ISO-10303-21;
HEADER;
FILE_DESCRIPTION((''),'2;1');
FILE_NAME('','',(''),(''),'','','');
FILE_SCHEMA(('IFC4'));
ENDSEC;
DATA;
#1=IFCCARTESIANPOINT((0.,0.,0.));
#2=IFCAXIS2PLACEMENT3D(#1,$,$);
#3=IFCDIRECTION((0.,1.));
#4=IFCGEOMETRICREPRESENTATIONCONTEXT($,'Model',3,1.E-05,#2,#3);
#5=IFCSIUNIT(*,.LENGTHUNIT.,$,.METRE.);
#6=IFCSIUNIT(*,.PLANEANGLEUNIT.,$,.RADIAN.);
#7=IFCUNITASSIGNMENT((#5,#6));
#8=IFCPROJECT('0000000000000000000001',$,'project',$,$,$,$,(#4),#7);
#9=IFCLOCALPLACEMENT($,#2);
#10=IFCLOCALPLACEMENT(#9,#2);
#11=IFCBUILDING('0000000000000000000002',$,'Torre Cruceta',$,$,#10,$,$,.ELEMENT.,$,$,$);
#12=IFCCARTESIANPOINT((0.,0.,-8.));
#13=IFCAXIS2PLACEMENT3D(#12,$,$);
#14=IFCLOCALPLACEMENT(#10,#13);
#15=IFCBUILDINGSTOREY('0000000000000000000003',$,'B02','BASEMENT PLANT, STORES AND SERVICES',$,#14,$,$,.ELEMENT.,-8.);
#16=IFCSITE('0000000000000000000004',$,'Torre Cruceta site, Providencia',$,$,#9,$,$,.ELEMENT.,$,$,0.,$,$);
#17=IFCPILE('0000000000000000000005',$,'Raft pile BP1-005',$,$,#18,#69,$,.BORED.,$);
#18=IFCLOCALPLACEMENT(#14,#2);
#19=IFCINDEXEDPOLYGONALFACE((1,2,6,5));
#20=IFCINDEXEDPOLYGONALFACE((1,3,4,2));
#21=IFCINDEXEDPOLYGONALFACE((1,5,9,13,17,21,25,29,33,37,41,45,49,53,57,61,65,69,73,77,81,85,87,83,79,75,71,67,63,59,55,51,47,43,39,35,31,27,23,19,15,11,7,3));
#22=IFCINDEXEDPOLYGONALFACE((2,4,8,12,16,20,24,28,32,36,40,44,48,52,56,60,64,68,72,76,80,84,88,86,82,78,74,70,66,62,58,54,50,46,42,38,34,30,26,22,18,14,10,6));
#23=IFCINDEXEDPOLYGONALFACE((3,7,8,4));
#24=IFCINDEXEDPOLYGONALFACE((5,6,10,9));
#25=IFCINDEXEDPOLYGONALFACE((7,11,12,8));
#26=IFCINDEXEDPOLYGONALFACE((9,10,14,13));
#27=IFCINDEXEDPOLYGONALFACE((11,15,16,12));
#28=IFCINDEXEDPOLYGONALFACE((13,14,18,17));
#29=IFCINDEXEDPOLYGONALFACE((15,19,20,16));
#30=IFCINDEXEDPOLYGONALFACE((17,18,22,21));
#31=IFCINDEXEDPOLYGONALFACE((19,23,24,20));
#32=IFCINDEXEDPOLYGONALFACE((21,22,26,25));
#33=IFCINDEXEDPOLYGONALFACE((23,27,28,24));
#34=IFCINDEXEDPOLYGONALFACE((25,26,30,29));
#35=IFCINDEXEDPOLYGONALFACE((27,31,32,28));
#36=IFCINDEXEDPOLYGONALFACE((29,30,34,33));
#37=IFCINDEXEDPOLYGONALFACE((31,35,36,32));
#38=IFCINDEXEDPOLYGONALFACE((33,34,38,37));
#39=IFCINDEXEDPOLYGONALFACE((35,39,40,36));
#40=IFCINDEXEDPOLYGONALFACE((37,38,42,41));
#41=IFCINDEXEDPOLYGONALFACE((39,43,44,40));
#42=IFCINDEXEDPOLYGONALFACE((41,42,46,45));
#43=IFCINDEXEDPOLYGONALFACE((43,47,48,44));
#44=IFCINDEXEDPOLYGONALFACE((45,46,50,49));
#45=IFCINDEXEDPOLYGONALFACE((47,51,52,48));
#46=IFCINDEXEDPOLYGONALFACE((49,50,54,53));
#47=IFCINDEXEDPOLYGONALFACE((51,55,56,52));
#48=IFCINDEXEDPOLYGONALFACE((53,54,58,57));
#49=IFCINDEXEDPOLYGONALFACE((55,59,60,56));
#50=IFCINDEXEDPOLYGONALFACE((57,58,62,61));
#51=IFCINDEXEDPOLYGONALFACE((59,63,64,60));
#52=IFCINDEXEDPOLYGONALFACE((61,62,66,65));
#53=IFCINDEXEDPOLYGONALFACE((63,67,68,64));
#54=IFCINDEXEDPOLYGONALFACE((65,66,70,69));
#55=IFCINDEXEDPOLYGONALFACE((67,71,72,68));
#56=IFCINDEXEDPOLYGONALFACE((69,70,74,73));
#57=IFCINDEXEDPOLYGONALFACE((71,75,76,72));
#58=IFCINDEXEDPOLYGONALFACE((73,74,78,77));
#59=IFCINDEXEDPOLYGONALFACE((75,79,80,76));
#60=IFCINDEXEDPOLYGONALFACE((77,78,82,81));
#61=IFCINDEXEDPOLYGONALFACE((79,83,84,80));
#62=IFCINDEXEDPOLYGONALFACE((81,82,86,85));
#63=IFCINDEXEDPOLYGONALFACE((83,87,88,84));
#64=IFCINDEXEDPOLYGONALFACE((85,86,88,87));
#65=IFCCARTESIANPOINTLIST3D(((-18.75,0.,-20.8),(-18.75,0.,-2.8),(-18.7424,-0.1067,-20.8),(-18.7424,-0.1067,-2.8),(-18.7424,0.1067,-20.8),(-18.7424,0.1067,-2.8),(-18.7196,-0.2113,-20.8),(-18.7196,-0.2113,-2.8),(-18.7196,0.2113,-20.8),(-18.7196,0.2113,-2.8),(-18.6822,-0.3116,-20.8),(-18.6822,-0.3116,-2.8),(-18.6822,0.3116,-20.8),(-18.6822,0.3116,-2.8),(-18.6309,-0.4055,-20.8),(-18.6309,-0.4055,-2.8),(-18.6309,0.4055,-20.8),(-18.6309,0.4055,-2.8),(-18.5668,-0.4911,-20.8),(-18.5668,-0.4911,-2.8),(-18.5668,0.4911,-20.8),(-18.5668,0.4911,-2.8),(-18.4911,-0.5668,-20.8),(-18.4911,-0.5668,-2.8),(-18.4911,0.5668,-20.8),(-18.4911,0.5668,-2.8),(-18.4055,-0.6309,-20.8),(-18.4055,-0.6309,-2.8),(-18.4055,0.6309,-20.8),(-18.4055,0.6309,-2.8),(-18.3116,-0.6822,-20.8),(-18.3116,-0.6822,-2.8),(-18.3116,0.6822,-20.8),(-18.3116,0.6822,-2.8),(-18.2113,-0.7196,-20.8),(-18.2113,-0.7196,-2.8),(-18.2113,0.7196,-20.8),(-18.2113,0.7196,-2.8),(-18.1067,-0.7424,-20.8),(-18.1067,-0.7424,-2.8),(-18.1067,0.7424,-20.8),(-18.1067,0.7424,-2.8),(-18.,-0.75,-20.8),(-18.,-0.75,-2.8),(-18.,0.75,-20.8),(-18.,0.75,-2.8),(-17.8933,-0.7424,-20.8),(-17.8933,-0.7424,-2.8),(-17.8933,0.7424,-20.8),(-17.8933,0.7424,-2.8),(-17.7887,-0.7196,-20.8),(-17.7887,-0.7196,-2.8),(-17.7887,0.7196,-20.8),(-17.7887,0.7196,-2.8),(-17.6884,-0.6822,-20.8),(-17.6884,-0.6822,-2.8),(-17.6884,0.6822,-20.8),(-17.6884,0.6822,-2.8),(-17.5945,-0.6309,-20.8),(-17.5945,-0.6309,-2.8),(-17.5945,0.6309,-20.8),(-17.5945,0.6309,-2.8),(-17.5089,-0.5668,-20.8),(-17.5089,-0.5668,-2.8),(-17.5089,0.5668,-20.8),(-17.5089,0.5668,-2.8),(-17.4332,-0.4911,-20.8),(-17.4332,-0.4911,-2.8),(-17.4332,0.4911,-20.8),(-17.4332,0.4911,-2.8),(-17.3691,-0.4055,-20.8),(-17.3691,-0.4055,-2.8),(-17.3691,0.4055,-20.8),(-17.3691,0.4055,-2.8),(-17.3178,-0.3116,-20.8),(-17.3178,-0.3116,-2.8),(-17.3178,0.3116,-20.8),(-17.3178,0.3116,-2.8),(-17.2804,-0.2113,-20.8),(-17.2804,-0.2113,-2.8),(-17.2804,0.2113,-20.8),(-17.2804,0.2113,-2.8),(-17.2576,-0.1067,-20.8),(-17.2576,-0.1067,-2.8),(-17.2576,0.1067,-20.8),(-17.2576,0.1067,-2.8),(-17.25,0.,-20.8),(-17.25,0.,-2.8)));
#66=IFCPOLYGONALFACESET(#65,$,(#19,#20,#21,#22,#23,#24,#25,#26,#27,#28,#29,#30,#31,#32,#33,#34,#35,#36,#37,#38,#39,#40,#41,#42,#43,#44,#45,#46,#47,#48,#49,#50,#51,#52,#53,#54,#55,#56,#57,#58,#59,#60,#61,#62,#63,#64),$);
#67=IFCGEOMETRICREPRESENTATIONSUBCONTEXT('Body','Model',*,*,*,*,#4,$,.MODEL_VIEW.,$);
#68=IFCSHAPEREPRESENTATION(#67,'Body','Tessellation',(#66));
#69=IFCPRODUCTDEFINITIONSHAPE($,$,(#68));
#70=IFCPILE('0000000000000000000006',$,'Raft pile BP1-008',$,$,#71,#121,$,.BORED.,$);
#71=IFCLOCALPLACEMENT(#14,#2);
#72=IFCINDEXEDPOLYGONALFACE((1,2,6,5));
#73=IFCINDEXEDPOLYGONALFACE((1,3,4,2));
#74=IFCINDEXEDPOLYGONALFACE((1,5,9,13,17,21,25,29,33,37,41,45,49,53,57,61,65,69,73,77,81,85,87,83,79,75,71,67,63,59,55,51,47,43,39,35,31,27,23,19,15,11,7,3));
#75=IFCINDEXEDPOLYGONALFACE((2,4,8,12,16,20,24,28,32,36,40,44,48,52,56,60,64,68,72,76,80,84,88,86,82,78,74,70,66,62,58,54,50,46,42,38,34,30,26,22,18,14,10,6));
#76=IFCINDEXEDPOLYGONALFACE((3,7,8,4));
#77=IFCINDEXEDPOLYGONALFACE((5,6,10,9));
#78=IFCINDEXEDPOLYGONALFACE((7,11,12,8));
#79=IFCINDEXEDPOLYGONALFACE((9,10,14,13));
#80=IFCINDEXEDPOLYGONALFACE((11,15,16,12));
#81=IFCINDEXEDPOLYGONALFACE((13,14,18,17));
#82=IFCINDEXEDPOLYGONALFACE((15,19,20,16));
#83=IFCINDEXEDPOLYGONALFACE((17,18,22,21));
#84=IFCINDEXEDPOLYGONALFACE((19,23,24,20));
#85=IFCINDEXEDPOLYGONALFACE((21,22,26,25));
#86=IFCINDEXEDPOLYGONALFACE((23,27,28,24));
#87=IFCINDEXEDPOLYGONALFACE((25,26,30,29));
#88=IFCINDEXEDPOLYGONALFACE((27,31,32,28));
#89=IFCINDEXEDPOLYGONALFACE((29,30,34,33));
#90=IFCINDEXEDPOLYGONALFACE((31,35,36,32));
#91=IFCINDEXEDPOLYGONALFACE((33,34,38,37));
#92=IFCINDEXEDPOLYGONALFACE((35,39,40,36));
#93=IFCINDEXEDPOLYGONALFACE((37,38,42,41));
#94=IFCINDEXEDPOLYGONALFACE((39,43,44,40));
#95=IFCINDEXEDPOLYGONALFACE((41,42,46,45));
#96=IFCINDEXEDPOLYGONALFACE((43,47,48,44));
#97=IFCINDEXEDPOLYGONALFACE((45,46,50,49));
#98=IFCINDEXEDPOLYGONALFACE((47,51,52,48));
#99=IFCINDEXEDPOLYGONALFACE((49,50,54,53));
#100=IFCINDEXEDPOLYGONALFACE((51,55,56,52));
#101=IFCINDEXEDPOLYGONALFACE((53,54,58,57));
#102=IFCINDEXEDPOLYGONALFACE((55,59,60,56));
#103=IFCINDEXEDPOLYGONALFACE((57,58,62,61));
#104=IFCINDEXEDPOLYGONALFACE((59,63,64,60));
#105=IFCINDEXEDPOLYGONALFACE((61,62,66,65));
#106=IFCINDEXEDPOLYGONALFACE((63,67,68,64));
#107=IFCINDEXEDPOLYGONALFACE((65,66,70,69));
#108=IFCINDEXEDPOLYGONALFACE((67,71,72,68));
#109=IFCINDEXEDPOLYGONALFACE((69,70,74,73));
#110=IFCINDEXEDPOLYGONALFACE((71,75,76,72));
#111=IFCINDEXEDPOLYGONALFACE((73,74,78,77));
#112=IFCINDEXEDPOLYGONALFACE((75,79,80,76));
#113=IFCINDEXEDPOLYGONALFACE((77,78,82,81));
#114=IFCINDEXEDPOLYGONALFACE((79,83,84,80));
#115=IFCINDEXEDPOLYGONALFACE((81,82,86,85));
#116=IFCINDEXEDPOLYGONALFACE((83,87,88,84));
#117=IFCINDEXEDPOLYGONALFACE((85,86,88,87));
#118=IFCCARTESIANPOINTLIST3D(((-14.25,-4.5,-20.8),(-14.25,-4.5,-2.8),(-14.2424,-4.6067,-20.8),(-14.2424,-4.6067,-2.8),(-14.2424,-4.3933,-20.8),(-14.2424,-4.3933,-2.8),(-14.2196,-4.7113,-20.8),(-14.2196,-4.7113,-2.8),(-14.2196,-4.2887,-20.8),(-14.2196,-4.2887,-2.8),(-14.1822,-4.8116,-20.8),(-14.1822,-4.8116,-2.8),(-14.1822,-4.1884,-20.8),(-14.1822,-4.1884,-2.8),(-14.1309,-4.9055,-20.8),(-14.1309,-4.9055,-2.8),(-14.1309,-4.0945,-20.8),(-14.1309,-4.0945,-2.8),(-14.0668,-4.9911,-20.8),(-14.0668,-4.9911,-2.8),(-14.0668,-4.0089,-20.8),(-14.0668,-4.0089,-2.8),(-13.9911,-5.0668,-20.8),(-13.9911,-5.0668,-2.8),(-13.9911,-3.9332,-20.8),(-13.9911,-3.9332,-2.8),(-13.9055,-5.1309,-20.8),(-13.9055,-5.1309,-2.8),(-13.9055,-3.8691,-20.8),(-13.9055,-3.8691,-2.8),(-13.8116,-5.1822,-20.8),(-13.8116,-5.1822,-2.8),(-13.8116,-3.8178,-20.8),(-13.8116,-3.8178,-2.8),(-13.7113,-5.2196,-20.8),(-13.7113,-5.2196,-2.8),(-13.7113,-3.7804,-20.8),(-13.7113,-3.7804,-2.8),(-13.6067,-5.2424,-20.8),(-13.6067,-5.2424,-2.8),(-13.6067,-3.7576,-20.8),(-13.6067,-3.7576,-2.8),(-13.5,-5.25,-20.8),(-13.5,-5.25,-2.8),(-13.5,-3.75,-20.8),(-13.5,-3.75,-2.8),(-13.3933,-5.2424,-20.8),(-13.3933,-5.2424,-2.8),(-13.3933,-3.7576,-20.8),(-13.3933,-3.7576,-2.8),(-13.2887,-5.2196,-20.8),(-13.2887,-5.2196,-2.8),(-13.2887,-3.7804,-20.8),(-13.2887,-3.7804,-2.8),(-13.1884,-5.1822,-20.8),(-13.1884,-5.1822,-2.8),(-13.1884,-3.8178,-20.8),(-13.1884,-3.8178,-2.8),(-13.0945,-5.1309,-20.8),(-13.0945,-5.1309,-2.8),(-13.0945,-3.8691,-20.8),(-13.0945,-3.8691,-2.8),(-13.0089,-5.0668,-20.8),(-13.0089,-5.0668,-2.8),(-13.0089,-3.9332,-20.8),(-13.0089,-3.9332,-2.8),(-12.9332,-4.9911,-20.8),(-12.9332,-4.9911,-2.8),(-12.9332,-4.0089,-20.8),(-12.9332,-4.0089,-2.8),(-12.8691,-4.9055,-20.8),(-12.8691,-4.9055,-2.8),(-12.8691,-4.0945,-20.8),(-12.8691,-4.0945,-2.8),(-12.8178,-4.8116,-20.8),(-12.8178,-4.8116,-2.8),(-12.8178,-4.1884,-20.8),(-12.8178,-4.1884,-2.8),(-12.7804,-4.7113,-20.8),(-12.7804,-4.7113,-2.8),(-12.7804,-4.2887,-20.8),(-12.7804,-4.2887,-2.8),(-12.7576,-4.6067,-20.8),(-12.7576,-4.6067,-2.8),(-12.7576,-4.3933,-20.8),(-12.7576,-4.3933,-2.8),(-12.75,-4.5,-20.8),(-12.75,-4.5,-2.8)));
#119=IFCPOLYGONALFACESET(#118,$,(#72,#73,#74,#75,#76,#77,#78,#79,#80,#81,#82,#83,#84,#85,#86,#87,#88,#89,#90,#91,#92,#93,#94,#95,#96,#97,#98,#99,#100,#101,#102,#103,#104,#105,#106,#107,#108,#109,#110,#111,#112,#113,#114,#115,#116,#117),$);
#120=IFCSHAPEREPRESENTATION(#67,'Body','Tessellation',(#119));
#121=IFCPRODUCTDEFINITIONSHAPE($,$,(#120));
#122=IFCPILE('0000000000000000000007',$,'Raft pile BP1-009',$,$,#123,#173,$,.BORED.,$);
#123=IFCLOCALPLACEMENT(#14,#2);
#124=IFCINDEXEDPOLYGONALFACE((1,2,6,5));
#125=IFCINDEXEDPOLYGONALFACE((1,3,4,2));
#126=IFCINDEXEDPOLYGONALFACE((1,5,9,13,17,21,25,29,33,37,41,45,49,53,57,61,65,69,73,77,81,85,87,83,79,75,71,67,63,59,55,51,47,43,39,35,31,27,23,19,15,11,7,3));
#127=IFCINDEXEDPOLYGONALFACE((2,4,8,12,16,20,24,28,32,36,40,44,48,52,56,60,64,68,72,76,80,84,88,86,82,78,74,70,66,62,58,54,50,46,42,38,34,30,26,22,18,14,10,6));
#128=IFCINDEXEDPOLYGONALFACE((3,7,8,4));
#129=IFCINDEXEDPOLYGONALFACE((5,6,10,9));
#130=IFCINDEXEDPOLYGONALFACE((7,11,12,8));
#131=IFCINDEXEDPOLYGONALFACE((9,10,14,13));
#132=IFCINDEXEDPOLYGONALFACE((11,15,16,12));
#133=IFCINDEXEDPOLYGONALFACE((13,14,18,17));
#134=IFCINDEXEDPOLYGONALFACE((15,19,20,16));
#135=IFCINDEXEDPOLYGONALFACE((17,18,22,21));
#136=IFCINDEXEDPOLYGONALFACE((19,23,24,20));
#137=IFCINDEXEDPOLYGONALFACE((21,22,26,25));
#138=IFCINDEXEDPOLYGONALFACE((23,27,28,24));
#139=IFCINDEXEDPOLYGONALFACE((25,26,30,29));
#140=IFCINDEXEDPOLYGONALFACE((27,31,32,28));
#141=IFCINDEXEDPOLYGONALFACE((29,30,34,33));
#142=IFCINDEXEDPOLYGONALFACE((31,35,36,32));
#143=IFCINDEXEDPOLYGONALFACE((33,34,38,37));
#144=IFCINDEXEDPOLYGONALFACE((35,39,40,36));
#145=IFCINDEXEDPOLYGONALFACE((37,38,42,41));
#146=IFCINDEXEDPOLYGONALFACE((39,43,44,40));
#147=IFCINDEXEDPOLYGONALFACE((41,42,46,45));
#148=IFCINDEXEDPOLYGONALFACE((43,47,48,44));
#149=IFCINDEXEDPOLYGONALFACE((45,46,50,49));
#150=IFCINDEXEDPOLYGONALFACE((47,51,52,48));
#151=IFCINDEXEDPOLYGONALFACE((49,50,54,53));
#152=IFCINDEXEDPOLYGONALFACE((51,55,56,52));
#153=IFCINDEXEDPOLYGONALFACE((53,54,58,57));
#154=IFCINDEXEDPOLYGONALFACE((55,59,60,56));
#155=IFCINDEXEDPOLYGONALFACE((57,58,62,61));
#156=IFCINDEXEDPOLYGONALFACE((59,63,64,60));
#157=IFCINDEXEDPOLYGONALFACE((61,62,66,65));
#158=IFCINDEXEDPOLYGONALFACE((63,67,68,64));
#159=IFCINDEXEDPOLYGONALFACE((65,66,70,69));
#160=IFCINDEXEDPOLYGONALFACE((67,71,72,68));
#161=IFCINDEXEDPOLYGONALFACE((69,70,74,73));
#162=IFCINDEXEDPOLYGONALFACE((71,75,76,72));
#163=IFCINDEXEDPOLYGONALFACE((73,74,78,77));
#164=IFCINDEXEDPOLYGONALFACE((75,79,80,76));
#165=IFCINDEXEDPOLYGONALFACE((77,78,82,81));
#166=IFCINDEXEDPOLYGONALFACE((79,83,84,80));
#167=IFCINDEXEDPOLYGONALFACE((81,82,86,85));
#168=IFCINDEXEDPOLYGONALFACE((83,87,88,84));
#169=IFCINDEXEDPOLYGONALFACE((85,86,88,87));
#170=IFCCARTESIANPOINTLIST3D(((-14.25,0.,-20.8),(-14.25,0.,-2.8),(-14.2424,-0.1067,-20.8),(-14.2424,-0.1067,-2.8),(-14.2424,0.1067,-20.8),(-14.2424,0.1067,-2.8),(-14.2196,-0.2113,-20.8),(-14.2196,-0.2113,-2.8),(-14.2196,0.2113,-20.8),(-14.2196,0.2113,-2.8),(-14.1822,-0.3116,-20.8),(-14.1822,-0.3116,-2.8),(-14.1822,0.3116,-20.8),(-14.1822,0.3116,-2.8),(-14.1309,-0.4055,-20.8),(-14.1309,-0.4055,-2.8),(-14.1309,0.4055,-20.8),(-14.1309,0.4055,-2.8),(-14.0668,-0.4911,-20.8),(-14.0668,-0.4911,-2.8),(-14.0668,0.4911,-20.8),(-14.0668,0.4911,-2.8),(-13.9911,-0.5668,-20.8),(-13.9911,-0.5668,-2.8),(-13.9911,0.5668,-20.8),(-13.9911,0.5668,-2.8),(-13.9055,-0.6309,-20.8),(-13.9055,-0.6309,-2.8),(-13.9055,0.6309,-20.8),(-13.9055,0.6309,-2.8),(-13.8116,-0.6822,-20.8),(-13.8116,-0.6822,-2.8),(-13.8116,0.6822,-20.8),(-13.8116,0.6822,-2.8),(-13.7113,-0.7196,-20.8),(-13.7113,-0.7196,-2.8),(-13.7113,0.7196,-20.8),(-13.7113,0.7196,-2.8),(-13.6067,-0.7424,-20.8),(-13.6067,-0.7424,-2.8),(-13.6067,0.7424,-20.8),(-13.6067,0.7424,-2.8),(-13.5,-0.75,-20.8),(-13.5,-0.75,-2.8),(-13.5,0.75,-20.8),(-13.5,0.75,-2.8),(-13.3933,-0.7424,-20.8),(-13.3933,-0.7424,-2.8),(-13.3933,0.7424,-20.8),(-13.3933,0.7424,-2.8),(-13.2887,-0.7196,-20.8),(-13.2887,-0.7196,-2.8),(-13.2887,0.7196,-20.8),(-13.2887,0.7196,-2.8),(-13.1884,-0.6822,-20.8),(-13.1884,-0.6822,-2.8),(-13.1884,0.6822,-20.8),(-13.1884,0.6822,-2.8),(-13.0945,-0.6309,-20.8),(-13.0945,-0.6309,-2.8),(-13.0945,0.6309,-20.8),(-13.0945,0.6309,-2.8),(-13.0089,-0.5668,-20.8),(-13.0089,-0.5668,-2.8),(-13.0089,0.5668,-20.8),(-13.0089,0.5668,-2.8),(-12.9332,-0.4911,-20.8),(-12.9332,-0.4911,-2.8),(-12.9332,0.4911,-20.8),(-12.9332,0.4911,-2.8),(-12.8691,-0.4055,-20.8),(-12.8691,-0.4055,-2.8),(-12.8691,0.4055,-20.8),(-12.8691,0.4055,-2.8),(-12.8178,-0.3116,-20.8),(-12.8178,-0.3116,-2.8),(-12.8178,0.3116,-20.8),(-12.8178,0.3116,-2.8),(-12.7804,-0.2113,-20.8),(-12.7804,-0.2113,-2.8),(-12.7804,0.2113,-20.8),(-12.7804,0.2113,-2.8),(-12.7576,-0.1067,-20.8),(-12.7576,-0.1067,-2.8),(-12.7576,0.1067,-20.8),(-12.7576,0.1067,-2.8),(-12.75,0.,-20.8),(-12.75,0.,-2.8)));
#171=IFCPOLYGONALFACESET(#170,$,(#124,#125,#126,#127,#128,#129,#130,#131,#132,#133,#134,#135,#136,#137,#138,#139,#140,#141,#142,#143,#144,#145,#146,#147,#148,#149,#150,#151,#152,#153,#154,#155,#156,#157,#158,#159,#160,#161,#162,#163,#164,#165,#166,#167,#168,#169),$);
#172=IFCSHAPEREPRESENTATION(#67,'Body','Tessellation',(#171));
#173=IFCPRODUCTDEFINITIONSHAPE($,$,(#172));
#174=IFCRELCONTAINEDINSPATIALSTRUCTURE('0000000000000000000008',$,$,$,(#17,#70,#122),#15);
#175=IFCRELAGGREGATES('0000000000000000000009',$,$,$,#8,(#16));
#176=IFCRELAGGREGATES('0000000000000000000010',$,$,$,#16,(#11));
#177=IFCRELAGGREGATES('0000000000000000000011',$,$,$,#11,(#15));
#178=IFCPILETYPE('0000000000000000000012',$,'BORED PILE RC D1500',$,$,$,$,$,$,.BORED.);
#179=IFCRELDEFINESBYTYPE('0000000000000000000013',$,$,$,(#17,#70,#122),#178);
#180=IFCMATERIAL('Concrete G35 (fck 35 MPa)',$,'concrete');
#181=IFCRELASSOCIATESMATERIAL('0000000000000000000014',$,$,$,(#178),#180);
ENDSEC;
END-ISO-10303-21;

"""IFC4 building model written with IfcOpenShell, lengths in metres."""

from ifc_helpers import new_model, si_unit, direction, frame, origin, origin_2d, place, context, subcontext, project, spatial, circle, extrude, material, material_profile, profile_set, type_object, element, save


model = new_model("IFC4")

# Units and contexts
model_context = context("Model", 3, precision=1e-05, world=origin(), true_north=direction((0.0, 1.0)))
body_context = subcontext(model_context, "Body", "Model", "MODEL_VIEW")
ifc_project = project(units=[si_unit("LENGTHUNIT", "METRE"), si_unit("PLANEANGLEUNIT", "RADIAN")], contexts=[model_context])

# Site, building, storey
site_placement = place(None, origin())
site = spatial("IfcSite", under=ifc_project, at=site_placement, Name="Torre Cruceta site, Providencia", CompositionType="ELEMENT", RefElevation=0.0)
building_placement = place(site_placement, origin())
building = spatial("IfcBuilding", under=site, at=building_placement, Name="Torre Cruceta", CompositionType="ELEMENT")
storey_placement = place(building_placement, frame((0.0, 0.0, -8.0)))
storey = spatial("IfcBuildingStorey", under=building, at=storey_placement, Name="B02", Description="BASEMENT PLANT, STORES AND SERVICES", CompositionType="ELEMENT", Elevation=-8.0)

# Piles
ifc_material_1 = material(Name="Concrete G35 (fck 35 MPa)", Category="concrete")
ifc_material_profile_1 = material_profile(ifc_material_1, circle(Radius=0.75, at=origin_2d()), Name="RC D1500")
ifc_profile_set_1 = profile_set([ifc_material_profile_1], Name="Concrete G35 (fck 35 MPa)")
pile_type_1 = type_object("IfcPileType", Name="BORED PILE RC D1500", PredefinedType="BORED", material=ifc_profile_set_1)
for number, where, z_axis, x_axis, name in (
    (1, (-18.0, 0.0, -2.8), (0.0, 0.0, -1.0), (1.0, 0.0, 0.0), "Raft pile BP1-005"),
    (2, (-13.5, -4.5, -2.8), (0.0, 0.0, -1.0), (1.0, 0.0, 0.0), "Raft pile BP1-008"),
    (3, (-13.5, 0.0, -2.8), (0.0, 0.0, -1.0), (1.0, 0.0, 0.0), "Raft pile BP1-009"),
):
    element("IfcPile", number, at=place(storey_placement, frame(where, z_axis=z_axis, x_axis=x_axis)), inside=storey, type_object=pile_type_1, Name=name, PredefinedType="BORED", context=body_context, shape_type="SweptSolid", body=[
        extrude(circle(Radius=0.75, at=origin_2d()), origin(), (0.0, 0.0, 1.0), 18.0),
    ])

save(model, "model.ifc")
